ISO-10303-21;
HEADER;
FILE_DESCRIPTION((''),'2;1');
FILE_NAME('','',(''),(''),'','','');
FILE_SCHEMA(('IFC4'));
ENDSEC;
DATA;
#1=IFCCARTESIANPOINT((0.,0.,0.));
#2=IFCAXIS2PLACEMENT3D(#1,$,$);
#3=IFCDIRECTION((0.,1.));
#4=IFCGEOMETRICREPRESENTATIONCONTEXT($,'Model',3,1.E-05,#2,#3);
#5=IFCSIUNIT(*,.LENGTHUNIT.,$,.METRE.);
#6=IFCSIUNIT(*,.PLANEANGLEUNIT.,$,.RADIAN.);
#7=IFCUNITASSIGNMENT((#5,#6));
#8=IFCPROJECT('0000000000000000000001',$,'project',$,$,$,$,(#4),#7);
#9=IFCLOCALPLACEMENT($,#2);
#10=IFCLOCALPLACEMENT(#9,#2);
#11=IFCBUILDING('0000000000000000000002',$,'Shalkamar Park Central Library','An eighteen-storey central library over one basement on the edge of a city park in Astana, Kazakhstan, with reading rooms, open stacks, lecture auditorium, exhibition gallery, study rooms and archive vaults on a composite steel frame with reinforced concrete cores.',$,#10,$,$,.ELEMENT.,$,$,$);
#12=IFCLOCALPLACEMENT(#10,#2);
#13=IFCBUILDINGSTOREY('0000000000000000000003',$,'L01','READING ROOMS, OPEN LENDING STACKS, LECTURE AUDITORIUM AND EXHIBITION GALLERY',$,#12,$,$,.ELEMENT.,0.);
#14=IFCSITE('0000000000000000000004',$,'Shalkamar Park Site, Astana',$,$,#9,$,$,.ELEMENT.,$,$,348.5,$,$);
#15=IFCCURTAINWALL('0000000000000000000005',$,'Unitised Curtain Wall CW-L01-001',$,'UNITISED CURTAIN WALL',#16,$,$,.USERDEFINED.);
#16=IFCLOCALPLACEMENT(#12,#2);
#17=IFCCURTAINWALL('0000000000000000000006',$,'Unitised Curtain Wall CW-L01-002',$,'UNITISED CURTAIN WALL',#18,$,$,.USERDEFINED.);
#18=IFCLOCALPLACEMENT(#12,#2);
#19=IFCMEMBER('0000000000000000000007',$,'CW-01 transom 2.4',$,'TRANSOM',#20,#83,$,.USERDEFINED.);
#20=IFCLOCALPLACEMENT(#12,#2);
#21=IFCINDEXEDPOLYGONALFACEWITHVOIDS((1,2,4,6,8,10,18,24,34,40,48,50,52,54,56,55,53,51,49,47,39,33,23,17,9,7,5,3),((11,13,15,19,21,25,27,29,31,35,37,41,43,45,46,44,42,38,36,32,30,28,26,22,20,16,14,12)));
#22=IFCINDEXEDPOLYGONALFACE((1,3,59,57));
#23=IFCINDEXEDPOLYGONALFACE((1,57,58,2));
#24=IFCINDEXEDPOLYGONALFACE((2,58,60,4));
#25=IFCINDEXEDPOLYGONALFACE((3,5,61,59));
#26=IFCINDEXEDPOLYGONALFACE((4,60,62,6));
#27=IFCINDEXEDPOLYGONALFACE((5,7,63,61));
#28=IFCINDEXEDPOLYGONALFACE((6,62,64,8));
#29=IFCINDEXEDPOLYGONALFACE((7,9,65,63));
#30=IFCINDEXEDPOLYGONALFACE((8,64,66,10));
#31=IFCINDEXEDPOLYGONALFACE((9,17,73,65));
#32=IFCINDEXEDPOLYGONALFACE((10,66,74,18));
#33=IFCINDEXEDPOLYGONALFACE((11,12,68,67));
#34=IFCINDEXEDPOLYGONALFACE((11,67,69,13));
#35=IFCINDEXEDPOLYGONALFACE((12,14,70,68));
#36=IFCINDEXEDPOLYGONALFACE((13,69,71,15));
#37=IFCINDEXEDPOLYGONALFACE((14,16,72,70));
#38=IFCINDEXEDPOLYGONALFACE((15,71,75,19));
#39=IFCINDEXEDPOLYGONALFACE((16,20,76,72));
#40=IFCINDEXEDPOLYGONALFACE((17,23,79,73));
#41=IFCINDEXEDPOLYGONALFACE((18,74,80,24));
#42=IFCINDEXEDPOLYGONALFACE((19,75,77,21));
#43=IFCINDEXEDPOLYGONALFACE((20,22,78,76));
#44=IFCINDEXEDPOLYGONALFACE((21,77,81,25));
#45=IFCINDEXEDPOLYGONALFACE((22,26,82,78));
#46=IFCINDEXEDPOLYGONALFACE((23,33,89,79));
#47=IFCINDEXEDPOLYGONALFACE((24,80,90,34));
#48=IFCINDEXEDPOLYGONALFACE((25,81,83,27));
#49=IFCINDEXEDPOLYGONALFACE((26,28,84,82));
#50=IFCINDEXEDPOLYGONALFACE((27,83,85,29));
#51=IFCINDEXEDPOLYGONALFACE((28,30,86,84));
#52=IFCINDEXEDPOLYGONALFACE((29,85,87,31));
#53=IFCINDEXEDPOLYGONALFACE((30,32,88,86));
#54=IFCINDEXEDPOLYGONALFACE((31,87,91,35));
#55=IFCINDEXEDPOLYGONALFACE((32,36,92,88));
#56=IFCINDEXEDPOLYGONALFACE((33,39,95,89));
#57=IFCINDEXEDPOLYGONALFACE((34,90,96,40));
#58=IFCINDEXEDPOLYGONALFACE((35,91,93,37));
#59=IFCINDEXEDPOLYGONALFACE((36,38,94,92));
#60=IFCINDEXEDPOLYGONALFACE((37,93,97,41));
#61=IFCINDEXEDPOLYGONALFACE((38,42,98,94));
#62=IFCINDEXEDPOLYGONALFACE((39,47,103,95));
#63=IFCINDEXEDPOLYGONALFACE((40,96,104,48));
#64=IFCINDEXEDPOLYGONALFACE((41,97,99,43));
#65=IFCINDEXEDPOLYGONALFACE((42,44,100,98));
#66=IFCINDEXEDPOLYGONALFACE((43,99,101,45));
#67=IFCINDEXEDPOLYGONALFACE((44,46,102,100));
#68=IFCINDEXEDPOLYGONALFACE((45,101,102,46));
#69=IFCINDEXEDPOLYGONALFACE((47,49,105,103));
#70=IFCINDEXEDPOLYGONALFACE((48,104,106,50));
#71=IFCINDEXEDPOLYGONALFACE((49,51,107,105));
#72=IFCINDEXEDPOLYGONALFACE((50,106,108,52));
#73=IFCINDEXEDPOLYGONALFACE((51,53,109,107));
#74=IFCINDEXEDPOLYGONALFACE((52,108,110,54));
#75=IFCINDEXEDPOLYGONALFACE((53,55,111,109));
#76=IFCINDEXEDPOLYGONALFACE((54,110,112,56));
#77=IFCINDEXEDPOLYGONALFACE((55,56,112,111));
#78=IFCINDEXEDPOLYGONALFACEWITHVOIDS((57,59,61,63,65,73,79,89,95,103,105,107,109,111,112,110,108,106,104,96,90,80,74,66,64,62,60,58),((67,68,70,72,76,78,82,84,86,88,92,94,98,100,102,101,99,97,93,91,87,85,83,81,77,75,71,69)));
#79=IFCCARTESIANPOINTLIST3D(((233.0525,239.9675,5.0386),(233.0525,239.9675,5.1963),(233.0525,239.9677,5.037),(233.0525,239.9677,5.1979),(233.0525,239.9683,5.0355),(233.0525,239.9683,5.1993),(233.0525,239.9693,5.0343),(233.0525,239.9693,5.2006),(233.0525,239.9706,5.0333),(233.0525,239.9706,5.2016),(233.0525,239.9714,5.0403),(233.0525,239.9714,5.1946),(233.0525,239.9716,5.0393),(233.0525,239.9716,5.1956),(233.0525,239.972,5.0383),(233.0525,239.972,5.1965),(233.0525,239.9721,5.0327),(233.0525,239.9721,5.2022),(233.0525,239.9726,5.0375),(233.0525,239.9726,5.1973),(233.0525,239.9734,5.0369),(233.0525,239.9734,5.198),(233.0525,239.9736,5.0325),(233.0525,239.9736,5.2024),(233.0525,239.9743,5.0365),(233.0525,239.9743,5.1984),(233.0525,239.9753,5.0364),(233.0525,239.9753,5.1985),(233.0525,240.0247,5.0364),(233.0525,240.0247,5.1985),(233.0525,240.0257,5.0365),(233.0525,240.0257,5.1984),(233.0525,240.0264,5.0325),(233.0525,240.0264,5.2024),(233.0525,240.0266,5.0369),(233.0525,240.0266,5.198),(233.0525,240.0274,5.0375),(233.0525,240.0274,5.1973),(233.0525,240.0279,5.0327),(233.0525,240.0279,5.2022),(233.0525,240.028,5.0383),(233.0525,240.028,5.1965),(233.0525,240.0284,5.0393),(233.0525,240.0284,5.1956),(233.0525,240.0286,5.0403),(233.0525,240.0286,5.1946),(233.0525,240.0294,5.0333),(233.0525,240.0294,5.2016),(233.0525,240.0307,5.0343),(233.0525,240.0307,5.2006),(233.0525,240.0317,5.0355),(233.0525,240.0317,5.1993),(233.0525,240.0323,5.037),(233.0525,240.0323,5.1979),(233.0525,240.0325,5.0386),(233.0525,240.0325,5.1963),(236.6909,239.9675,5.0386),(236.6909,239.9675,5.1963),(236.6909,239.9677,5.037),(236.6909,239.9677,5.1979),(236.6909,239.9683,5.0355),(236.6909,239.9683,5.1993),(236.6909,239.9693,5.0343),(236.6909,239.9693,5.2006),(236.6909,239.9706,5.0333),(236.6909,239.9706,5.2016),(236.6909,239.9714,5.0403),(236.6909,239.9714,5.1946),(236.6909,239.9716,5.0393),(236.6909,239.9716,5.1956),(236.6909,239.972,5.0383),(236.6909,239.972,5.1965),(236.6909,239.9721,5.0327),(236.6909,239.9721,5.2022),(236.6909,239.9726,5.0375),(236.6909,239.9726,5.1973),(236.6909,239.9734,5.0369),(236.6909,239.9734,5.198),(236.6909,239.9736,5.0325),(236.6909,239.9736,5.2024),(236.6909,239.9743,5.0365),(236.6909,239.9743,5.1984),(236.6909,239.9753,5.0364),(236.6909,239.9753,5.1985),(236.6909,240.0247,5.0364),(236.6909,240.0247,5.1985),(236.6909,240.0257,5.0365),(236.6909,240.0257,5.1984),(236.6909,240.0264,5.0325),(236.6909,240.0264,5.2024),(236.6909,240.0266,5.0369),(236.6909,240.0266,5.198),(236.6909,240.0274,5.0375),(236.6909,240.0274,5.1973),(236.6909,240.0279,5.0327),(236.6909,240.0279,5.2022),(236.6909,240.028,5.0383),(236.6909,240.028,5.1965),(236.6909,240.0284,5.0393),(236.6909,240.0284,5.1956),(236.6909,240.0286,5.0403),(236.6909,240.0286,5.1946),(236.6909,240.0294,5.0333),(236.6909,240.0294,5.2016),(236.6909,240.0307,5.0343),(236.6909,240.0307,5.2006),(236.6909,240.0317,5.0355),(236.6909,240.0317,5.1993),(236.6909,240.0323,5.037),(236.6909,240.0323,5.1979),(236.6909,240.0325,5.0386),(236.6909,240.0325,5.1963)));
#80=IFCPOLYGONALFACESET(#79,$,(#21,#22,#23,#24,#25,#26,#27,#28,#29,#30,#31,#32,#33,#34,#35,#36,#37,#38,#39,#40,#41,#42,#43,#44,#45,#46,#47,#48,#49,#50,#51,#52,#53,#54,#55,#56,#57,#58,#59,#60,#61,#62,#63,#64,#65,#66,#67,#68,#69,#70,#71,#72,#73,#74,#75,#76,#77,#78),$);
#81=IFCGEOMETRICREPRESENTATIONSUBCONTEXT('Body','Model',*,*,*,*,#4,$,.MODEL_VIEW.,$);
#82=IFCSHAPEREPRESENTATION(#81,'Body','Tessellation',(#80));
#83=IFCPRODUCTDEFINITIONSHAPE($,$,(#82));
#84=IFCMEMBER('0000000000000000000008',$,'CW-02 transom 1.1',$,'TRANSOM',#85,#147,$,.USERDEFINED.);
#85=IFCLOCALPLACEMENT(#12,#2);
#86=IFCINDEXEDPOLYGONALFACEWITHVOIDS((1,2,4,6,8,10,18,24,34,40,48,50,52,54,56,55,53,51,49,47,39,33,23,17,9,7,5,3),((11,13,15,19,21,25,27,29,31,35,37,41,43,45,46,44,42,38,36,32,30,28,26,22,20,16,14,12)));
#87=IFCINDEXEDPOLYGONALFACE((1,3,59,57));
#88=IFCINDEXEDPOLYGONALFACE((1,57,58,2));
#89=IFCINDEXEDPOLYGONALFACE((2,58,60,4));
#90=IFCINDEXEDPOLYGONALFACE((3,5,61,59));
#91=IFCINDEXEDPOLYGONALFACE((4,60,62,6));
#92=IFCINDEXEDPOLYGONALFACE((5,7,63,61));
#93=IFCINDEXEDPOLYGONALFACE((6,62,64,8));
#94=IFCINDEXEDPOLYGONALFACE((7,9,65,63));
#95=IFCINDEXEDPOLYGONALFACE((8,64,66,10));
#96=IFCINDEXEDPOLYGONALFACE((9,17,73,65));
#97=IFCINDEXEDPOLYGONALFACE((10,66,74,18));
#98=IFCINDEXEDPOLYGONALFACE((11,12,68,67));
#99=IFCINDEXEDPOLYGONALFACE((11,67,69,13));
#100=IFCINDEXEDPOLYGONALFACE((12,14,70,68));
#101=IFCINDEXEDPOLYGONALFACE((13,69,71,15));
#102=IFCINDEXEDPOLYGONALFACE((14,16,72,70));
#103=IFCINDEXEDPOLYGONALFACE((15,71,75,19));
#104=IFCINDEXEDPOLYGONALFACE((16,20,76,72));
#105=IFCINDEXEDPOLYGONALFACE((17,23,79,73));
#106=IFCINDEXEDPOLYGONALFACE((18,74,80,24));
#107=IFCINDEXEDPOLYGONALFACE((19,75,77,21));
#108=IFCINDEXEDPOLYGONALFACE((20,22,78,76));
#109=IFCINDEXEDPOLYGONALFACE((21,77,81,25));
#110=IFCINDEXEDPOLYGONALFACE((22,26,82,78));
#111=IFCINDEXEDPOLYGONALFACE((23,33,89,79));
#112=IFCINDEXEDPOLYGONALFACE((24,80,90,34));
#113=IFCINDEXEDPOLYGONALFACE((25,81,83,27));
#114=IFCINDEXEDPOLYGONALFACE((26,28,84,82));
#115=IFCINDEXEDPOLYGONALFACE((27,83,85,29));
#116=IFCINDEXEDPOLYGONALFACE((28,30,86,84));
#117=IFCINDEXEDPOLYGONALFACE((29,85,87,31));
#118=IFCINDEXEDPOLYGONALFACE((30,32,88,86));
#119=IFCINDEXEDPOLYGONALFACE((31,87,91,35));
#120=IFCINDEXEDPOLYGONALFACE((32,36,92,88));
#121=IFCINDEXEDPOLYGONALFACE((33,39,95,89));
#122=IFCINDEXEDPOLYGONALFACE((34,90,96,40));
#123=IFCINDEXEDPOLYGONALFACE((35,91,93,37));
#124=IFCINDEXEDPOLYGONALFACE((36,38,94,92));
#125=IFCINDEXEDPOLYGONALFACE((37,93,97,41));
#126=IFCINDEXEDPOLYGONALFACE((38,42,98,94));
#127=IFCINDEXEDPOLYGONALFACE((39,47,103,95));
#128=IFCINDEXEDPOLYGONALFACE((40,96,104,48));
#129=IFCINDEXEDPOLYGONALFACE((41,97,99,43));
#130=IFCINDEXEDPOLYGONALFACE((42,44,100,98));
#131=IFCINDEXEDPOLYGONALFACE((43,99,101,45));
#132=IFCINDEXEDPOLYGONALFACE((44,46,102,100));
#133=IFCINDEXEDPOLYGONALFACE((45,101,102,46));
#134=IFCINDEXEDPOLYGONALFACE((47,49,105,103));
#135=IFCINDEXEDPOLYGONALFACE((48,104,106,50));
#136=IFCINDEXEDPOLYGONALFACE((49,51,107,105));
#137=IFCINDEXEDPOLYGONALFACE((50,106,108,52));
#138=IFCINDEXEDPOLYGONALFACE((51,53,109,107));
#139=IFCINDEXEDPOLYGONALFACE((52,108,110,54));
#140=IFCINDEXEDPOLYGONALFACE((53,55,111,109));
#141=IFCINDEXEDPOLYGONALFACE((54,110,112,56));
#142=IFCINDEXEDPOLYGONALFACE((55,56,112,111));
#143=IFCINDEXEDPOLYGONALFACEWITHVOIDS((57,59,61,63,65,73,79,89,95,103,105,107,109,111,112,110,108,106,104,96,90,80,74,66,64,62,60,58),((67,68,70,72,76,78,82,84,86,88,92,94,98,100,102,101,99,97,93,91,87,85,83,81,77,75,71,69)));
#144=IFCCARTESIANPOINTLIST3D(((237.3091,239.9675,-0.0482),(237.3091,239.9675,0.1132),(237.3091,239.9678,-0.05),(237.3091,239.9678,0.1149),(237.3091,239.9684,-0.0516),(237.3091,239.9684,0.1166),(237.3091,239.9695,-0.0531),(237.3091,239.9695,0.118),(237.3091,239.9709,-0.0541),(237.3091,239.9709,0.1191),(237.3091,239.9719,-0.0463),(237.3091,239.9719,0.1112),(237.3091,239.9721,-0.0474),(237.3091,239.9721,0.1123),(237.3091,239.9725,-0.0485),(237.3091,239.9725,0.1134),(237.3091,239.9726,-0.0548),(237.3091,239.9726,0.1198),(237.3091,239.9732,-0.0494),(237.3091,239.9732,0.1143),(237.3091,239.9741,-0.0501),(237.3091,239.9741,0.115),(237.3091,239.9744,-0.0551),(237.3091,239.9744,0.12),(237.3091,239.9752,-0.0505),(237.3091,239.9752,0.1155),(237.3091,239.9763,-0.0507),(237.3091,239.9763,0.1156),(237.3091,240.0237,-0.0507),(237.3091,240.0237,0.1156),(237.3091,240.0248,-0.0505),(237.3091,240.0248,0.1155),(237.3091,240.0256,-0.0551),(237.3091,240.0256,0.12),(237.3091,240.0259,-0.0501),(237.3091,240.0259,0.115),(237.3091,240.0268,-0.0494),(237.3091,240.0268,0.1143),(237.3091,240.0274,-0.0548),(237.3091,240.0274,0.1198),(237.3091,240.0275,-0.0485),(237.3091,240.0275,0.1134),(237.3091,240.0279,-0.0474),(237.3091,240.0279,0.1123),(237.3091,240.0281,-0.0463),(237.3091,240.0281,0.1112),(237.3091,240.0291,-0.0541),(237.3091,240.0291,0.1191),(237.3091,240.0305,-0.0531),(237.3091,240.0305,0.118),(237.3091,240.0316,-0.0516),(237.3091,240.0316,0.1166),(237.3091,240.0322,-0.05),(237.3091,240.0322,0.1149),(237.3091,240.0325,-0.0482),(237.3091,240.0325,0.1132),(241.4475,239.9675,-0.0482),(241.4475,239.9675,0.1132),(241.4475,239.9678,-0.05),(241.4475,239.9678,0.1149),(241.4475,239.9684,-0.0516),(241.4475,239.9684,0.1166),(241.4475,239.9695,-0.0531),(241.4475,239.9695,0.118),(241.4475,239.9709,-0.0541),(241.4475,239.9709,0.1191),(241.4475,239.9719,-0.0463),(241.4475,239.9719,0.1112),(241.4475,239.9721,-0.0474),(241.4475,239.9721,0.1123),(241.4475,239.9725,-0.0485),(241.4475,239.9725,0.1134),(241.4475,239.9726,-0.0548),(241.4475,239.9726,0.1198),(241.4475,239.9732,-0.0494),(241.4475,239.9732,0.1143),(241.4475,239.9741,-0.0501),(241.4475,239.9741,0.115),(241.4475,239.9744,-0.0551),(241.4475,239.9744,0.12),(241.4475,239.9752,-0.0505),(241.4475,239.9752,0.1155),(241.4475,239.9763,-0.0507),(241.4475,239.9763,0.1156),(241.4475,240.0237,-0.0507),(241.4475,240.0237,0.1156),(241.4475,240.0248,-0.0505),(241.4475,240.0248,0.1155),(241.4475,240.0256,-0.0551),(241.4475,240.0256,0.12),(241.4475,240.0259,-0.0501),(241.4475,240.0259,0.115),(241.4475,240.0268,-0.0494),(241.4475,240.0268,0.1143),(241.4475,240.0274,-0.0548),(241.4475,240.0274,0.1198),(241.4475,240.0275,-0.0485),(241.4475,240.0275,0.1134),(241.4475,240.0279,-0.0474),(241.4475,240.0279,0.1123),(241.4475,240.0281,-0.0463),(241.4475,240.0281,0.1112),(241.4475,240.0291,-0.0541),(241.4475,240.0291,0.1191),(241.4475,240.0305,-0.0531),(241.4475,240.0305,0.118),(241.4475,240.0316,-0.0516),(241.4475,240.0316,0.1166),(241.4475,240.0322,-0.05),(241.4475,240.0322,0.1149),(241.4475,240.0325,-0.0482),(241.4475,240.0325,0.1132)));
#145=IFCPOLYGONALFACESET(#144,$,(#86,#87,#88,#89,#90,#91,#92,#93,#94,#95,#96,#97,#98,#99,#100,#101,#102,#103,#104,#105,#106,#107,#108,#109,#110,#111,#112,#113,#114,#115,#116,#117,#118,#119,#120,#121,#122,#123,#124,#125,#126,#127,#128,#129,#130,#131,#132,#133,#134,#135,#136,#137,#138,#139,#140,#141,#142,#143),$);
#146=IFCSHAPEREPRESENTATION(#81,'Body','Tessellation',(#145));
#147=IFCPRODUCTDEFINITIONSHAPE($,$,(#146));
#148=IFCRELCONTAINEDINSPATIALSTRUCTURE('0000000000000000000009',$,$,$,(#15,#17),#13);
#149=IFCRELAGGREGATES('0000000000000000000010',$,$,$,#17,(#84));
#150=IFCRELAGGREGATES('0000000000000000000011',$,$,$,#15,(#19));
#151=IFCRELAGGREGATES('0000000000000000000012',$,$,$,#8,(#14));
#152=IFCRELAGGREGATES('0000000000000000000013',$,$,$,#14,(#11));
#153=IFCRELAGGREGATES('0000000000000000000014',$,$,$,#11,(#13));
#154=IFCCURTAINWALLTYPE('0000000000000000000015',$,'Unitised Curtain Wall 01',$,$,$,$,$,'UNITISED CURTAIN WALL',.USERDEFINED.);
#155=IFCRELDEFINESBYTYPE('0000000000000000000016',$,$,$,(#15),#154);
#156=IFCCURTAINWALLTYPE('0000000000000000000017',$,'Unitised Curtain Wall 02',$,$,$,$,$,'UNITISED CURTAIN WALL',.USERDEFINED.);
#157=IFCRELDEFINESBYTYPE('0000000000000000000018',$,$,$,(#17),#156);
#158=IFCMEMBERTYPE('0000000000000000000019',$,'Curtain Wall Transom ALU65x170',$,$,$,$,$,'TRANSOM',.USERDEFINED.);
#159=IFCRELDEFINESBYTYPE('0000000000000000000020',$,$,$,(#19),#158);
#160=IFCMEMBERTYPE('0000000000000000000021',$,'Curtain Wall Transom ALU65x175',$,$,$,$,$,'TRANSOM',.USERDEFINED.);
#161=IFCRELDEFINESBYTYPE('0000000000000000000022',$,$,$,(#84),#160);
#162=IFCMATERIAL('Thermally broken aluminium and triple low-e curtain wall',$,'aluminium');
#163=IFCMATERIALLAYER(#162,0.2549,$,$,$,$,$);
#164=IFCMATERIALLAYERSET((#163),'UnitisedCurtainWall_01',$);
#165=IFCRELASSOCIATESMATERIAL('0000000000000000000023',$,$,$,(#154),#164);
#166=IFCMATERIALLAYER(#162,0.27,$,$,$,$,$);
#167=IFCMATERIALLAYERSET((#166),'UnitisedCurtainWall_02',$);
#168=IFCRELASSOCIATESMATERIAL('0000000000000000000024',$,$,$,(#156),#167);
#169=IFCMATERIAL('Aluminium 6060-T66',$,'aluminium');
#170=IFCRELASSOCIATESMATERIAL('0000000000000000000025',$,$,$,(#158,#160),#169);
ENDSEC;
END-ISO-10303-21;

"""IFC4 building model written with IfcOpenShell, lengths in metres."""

from ifc_helpers import new_model, si_unit, direction, frame, origin, origin_2d, place, context, subcontext, project, spatial, hollow_rectangle, extrude, material, layer, layer_set, material_profile, profile_set, type_object, element, aggregate, save


model = new_model("IFC4")

# Units and contexts
model_context = context("Model", 3, precision=1e-05, world=origin(), true_north=direction((0.0, 1.0)))
body_context = subcontext(model_context, "Body", "Model", "MODEL_VIEW")
ifc_project = project(units=[si_unit("LENGTHUNIT", "METRE"), si_unit("PLANEANGLEUNIT", "RADIAN")], contexts=[model_context])

# Site, building, storey
site_placement = place(None, origin())
site = spatial("IfcSite", under=ifc_project, at=site_placement, Name="Shalkamar Park Site, Astana", CompositionType="ELEMENT", RefElevation=348.5)
building_placement = place(site_placement, origin())
building = spatial("IfcBuilding", under=site, at=building_placement, Name="Shalkamar Park Central Library", Description="An eighteen-storey central library over one basement on the edge of a city park in Astana, Kazakhstan, with reading rooms, open stacks, lecture auditorium, exhibition gallery, study rooms and archive vaults on a composite steel frame with reinforced concrete cores.", CompositionType="ELEMENT")
storey_placement = place(building_placement, origin())
storey = spatial("IfcBuildingStorey", under=building, at=storey_placement, Name="L01", Description="READING ROOMS, OPEN LENDING STACKS, LECTURE AUDITORIUM AND EXHIBITION GALLERY", CompositionType="ELEMENT", Elevation=0.0)

# Curtain wall
ifc_material_1 = material(Name="Thermally broken aluminium and triple low-e curtain wall", Category="aluminium")
ifc_layer_1 = layer(ifc_material_1, 0.2549)
ifc_layer_set_1 = layer_set([ifc_layer_1], Name="UnitisedCurtainWall_01")
curtain_wall_type_1 = type_object("IfcCurtainWallType", Name="Unitised Curtain Wall 01", ElementType="UNITISED CURTAIN WALL", PredefinedType="USERDEFINED", material=ifc_layer_set_1)
curtain_wall_1_placement = place(storey_placement, origin())
curtain_wall_1 = element("IfcCurtainWall", 1, at=curtain_wall_1_placement, inside=storey, type_object=curtain_wall_type_1, Name="Unitised Curtain Wall CW-L01-001", ObjectType="UNITISED CURTAIN WALL", PredefinedType="USERDEFINED")
ifc_material_2 = material(Name="Aluminium 6060-T66", Category="aluminium")

# Curtain wall
ifc_layer_2 = layer(ifc_material_1, 0.27)
ifc_layer_set_2 = layer_set([ifc_layer_2], Name="UnitisedCurtainWall_02")
curtain_wall_type_2 = type_object("IfcCurtainWallType", Name="Unitised Curtain Wall 02", ElementType="UNITISED CURTAIN WALL", PredefinedType="USERDEFINED", material=ifc_layer_set_2)
curtain_wall_2_placement = place(storey_placement, origin())
curtain_wall_2 = element("IfcCurtainWall", 2, at=curtain_wall_2_placement, inside=storey, type_object=curtain_wall_type_2, Name="Unitised Curtain Wall CW-L01-002", ObjectType="UNITISED CURTAIN WALL", PredefinedType="USERDEFINED")

# Members
ifc_material_profile_1 = material_profile(ifc_material_2, hollow_rectangle(XDim=0.0649, YDim=0.1699, WallThickness=0.0039, InnerFilletRadius=0.0039, OuterFilletRadius=0.0061, at=origin_2d()), Name="ALU 65x170x4")
ifc_profile_set_1 = profile_set([ifc_material_profile_1], Name="Aluminium 6060-T66")
member_type_1 = type_object("IfcMemberType", Name="Curtain Wall Transom ALU65x170", ElementType="TRANSOM", PredefinedType="USERDEFINED", material=ifc_profile_set_1)
member_1_placement = place(storey_placement, frame((233.0525, 240.0, 5.1174), z_axis=(1.0, 0.0, 0.0), x_axis=(0.0, 1.0, 0.0)))
member_1 = element("IfcMember", 3, at=member_1_placement, type_object=member_type_1, Name="CW-01 transom 2.4", ObjectType="TRANSOM", PredefinedType="USERDEFINED", context=body_context, shape_type="SweptSolid", body=[
    extrude(hollow_rectangle(XDim=0.0649, YDim=0.1699, WallThickness=0.0039, InnerFilletRadius=0.0039, OuterFilletRadius=0.0061, at=origin_2d()), origin(), (0.0, 0.0, 1.0), 3.6384),
])
ifc_material_profile_2 = material_profile(ifc_material_2, hollow_rectangle(XDim=0.0649, YDim=0.175, WallThickness=0.0044, InnerFilletRadius=0.0044, OuterFilletRadius=0.0068, at=origin_2d()), Name="ALU 65x175x4.5")
ifc_profile_set_2 = profile_set([ifc_material_profile_2], Name="Aluminium 6060-T66")
member_type_2 = type_object("IfcMemberType", Name="Curtain Wall Transom ALU65x175", ElementType="TRANSOM", PredefinedType="USERDEFINED", material=ifc_profile_set_2)
member_2_placement = place(storey_placement, frame((237.3091, 240.0, 0.0325), z_axis=(1.0, 0.0, 0.0), x_axis=(0.0, 1.0, 0.0)))
member_2 = element("IfcMember", 4, at=member_2_placement, type_object=member_type_2, Name="CW-02 transom 1.1", ObjectType="TRANSOM", PredefinedType="USERDEFINED", context=body_context, shape_type="SweptSolid", body=[
    extrude(hollow_rectangle(XDim=0.0649, YDim=0.175, WallThickness=0.0044, InnerFilletRadius=0.0044, OuterFilletRadius=0.0068, at=origin_2d()), origin(), (0.0, 0.0, 1.0), 4.1384),
])
aggregate(curtain_wall_2, [member_2])

aggregate(curtain_wall_1, [member_1])

save(model, "model.ifc")
